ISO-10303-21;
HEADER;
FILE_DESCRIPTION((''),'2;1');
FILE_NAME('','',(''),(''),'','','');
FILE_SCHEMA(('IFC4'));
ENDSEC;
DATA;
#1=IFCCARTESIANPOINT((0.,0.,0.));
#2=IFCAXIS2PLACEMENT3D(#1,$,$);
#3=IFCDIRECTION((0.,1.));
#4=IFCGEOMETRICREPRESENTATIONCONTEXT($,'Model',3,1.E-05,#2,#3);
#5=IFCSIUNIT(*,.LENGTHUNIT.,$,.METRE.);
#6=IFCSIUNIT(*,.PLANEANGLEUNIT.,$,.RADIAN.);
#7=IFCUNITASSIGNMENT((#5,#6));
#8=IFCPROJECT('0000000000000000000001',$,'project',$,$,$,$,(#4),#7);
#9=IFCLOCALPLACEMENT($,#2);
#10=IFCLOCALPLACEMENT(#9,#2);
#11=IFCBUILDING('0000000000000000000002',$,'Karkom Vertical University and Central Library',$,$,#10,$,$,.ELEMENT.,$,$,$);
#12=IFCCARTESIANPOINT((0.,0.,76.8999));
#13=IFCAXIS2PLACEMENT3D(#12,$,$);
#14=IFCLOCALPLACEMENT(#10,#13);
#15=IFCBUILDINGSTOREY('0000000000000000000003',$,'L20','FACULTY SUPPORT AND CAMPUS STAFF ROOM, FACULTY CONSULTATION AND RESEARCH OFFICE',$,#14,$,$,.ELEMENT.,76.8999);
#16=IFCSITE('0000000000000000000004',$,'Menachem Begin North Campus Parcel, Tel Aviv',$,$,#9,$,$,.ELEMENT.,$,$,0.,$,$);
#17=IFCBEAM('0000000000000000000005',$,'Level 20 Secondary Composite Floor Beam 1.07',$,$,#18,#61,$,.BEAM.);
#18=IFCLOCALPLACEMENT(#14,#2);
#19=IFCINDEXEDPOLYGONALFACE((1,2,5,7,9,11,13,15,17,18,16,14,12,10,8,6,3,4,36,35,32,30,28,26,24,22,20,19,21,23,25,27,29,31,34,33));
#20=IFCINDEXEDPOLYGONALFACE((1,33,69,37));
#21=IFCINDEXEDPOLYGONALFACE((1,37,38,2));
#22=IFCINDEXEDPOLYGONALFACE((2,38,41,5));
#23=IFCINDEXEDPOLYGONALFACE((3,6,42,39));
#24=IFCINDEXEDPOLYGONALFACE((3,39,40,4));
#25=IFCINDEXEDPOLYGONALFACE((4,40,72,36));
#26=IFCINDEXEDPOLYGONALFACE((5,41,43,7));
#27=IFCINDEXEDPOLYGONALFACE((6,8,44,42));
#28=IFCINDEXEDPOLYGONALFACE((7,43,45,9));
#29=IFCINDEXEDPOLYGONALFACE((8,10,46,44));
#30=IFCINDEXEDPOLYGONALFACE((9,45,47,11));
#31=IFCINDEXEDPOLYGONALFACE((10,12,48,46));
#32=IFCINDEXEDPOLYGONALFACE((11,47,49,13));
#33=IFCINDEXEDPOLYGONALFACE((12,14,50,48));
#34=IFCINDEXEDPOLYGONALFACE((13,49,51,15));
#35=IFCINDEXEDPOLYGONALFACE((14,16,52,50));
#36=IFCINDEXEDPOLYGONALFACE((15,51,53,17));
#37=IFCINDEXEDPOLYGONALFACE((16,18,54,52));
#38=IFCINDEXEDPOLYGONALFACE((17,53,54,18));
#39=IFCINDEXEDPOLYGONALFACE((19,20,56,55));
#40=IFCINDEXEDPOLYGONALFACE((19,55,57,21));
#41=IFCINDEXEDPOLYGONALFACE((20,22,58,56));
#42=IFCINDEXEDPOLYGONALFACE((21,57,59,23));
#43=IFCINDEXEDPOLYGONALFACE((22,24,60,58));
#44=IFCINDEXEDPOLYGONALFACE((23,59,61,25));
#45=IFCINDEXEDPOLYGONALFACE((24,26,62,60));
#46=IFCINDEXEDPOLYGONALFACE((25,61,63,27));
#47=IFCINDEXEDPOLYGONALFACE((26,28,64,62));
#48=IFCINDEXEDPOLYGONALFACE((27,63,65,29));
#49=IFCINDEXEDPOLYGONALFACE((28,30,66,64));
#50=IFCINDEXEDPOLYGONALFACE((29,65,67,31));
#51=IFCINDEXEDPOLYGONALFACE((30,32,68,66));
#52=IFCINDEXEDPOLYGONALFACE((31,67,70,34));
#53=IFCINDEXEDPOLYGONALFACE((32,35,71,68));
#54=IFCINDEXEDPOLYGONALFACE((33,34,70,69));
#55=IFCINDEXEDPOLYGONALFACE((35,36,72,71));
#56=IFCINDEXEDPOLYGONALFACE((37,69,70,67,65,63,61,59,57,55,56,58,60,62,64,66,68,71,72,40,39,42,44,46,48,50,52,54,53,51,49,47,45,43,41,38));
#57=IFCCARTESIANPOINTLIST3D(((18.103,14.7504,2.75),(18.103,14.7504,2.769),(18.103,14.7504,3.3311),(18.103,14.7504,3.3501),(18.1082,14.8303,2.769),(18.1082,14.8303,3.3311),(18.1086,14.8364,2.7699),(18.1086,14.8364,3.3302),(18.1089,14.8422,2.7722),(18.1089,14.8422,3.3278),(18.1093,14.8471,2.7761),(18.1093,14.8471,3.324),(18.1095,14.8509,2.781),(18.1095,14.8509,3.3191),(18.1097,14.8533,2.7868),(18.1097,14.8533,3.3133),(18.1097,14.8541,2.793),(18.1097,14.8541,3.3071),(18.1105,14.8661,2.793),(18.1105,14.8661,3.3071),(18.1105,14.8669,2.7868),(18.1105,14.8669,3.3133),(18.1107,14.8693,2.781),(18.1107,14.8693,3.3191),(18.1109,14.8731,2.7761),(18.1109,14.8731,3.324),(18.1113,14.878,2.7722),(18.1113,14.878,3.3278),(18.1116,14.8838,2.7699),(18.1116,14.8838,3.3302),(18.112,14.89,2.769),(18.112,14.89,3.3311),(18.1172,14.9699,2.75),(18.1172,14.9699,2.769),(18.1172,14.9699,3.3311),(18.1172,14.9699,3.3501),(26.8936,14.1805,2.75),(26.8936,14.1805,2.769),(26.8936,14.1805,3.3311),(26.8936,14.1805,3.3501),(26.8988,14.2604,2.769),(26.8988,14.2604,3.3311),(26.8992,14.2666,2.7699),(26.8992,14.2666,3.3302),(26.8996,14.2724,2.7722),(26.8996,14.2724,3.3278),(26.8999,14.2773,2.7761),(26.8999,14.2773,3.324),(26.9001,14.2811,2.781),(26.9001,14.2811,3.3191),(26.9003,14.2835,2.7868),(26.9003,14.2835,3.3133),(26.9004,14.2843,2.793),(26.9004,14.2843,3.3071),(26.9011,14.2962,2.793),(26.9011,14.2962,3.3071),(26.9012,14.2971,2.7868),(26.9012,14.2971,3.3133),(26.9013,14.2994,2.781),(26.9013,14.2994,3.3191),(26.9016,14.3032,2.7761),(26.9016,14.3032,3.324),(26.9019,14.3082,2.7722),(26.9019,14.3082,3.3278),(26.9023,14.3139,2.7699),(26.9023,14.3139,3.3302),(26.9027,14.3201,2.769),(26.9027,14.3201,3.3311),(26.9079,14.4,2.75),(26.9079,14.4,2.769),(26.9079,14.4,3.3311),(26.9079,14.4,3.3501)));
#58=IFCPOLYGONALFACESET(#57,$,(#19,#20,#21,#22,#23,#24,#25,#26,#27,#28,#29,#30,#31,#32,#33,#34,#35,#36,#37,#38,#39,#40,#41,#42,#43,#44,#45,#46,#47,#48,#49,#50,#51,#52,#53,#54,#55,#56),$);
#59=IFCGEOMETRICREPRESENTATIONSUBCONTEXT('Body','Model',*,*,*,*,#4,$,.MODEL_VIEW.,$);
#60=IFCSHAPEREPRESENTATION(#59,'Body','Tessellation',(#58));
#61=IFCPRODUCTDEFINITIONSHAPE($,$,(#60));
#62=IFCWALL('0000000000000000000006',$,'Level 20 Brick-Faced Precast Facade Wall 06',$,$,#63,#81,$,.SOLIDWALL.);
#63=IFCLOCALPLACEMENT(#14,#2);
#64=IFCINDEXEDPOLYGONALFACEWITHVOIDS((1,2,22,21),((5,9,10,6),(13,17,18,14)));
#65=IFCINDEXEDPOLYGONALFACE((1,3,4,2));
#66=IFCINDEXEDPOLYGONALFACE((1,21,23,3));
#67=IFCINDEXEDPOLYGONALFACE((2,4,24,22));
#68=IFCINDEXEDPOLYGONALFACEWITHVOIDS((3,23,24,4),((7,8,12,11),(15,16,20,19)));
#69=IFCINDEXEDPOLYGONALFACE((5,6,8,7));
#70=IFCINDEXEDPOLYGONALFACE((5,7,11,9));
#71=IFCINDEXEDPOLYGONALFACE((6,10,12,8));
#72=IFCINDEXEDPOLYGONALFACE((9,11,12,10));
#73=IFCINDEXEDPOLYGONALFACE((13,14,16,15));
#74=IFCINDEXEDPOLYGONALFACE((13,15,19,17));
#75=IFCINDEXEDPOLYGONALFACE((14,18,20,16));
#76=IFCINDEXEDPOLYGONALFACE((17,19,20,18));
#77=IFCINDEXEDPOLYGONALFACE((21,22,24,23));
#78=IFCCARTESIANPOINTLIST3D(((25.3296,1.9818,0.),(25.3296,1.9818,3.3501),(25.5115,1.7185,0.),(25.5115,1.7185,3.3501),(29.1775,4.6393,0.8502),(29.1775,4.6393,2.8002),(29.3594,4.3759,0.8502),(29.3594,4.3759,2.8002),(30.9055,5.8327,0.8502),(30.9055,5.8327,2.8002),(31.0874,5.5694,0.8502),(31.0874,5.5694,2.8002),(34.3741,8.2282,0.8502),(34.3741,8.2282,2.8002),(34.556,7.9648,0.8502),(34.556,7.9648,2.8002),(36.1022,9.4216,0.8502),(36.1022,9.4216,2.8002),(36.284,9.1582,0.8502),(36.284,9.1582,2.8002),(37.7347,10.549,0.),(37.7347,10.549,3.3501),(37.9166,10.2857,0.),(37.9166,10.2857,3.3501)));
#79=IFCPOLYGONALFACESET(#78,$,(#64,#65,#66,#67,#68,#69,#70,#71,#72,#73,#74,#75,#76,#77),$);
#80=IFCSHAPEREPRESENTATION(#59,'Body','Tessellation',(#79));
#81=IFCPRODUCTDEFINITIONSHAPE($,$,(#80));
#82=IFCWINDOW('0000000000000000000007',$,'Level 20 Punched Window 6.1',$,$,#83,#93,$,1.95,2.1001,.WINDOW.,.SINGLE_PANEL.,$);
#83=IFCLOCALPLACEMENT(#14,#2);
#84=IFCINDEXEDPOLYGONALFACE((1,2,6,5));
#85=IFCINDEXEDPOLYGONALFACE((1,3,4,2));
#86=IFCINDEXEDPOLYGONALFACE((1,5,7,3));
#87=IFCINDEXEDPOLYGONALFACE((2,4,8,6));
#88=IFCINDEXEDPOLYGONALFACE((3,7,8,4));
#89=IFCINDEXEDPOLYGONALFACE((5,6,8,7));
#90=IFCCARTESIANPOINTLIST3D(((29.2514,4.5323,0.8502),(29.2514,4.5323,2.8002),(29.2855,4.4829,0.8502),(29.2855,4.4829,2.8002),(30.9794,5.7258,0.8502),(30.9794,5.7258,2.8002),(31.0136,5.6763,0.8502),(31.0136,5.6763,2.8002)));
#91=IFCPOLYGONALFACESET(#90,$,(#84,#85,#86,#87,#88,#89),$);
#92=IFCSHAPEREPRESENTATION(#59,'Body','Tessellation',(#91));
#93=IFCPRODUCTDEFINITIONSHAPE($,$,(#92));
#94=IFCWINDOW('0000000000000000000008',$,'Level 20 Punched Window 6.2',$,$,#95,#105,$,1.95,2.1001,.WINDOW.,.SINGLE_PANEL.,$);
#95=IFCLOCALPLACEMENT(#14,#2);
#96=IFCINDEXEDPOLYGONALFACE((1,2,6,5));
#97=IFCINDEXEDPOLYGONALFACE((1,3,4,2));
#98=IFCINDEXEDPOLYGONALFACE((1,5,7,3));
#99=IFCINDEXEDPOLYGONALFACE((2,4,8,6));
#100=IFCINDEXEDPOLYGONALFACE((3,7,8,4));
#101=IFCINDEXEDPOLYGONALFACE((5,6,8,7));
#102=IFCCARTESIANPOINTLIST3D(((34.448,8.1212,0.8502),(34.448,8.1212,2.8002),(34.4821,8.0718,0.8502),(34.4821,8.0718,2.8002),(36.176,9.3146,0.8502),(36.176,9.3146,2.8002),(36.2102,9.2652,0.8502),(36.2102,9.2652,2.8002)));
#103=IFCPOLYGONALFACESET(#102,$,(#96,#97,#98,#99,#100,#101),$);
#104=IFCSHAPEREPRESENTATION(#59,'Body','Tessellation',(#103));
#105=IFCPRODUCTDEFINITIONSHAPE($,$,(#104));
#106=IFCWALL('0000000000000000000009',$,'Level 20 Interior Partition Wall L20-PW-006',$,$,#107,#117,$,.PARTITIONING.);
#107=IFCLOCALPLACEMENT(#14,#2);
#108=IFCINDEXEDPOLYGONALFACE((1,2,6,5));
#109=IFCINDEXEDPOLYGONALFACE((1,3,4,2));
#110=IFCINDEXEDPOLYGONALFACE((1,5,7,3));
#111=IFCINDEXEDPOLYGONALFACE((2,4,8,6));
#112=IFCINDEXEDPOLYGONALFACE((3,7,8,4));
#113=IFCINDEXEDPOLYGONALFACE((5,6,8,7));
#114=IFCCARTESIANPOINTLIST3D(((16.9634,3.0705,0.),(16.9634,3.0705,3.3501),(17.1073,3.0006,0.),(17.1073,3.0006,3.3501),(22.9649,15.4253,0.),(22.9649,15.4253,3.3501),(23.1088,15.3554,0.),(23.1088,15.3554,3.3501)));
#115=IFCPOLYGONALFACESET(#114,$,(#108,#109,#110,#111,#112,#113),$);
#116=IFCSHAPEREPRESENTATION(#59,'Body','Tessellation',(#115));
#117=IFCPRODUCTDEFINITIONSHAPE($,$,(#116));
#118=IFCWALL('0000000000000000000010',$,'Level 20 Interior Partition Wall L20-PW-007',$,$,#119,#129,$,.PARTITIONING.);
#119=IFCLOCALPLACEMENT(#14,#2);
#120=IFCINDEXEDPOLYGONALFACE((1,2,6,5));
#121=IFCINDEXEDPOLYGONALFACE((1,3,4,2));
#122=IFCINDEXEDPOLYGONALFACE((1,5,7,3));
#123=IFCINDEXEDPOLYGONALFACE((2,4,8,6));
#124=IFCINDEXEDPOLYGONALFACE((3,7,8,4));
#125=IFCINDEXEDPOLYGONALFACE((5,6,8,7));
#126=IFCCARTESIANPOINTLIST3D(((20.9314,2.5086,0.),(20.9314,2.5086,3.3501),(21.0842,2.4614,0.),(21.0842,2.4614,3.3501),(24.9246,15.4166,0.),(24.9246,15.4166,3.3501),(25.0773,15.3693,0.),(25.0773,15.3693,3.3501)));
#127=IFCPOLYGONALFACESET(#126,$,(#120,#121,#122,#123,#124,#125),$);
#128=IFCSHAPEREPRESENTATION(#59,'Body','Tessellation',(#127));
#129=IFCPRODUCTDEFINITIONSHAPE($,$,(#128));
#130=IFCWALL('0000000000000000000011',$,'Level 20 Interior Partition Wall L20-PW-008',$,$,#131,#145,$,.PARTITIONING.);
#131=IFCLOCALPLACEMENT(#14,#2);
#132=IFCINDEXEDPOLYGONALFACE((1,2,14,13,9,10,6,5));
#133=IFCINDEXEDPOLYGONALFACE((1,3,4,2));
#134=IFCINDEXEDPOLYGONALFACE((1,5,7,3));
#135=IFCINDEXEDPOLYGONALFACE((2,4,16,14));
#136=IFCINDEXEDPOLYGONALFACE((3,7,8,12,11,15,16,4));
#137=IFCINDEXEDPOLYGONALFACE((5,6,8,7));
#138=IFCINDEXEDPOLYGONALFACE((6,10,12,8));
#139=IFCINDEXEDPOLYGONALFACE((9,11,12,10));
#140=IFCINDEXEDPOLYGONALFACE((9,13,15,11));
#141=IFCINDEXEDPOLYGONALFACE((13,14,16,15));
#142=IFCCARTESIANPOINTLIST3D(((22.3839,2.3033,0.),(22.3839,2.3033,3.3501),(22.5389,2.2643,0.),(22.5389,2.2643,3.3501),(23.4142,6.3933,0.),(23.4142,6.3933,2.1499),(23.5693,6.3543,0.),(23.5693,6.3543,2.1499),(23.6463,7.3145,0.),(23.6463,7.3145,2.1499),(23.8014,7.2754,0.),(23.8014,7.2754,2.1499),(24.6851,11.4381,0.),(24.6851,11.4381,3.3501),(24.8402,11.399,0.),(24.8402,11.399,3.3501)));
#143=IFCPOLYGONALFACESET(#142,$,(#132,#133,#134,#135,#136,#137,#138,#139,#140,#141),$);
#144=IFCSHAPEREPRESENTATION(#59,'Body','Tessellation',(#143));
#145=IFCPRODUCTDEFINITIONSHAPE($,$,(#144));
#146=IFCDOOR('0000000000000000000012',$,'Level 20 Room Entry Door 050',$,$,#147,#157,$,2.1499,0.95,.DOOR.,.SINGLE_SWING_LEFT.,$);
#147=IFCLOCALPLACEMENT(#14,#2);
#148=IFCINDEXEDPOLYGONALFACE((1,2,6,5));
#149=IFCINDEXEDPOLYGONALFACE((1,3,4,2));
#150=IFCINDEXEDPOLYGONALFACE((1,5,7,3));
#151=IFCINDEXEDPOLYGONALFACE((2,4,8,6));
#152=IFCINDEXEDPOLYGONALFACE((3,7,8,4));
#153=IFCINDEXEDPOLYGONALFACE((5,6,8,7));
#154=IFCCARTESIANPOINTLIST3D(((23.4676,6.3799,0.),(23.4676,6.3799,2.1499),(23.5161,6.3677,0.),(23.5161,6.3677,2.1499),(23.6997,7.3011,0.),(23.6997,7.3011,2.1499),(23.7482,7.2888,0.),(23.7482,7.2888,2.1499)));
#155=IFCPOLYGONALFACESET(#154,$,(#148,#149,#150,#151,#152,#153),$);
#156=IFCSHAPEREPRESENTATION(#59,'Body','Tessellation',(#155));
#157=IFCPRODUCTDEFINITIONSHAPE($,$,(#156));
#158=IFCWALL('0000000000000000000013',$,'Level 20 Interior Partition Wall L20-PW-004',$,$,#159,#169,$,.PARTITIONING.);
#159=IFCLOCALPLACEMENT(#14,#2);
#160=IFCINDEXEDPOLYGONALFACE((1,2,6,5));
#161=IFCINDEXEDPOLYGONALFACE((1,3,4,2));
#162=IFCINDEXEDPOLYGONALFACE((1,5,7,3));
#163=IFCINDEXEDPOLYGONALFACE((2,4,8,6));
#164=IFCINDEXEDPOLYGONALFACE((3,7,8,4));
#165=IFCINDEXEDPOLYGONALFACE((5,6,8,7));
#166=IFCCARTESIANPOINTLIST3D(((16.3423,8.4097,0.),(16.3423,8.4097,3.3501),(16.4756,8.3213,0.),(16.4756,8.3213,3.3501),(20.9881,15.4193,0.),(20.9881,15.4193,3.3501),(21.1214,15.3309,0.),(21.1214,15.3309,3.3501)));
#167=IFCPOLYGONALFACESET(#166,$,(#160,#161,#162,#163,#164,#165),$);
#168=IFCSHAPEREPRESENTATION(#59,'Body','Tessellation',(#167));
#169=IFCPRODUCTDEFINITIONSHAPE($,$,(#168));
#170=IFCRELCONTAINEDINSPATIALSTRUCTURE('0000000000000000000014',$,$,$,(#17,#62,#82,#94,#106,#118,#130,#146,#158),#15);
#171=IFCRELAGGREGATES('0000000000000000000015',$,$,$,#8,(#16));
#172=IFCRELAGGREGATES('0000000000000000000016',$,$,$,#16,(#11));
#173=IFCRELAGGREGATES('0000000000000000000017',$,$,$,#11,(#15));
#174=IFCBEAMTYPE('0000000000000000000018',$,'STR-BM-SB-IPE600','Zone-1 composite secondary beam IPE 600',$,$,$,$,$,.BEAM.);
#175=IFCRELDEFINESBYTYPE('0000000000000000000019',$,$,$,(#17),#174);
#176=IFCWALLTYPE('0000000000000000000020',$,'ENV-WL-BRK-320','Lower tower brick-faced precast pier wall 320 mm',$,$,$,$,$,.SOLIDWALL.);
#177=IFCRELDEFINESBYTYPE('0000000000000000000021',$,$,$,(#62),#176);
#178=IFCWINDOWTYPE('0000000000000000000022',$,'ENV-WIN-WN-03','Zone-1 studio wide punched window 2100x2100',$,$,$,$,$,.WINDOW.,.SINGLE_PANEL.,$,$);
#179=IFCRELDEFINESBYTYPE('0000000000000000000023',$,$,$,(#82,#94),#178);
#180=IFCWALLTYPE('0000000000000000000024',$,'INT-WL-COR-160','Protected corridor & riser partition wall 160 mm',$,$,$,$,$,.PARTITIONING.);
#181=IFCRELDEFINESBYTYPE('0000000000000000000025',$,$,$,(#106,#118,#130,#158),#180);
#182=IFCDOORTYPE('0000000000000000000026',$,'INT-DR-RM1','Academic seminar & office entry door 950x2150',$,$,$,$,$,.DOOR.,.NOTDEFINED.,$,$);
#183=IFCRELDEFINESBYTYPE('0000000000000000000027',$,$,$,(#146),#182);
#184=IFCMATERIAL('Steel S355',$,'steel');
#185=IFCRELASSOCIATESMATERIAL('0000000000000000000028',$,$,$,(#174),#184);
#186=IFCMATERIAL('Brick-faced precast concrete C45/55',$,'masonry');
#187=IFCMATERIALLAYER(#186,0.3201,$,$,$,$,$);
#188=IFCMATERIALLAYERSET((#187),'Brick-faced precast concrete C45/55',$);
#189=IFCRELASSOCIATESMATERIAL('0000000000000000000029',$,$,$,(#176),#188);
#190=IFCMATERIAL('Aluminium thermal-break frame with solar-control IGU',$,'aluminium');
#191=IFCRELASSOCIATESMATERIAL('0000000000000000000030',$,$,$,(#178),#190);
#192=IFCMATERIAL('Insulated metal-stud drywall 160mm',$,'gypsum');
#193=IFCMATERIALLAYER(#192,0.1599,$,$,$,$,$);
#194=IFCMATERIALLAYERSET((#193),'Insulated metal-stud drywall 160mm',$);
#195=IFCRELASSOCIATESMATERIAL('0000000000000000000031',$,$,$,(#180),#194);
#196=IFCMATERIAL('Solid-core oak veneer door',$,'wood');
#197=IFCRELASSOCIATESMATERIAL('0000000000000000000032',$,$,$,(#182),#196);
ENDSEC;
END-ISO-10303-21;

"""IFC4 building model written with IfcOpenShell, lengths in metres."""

from ifc_helpers import new_model, si_unit, direction, frame, frame_2d, origin, origin_with_axes, origin_2d, place, context, subcontext, project, spatial, rectangle, i_section, extrude, source, transform, mapped, material, layer, layer_set, material_profile, profile_set, type_object, element, fill, save


model = new_model("IFC4")

# Units and contexts
model_context = context("Model", 3, precision=1e-05, world=origin(), true_north=direction((0.0, 1.0)))
body_context = subcontext(model_context, "Body", "Model", "MODEL_VIEW")
ifc_project = project(units=[si_unit("LENGTHUNIT", "METRE"), si_unit("PLANEANGLEUNIT", "RADIAN")], contexts=[model_context])

# Site, building, storey
site_placement = place(None, origin())
site = spatial("IfcSite", under=ifc_project, at=site_placement, Name="Menachem Begin North Campus Parcel, Tel Aviv", CompositionType="ELEMENT", RefElevation=0.0)
building_placement = place(site_placement, origin())
building = spatial("IfcBuilding", under=site, at=building_placement, Name="Karkom Vertical University and Central Library", CompositionType="ELEMENT")
storey_placement = place(building_placement, frame((0.0, 0.0, 76.8999)))
storey = spatial("IfcBuildingStorey", under=building, at=storey_placement, Name="L20", Description="FACULTY SUPPORT AND CAMPUS STAFF ROOM, FACULTY CONSULTATION AND RESEARCH OFFICE", CompositionType="ELEMENT", Elevation=76.8999)

# Beam
ifc_material_1 = material(Name="Steel S355", Category="steel")
ifc_material_profile_1 = material_profile(ifc_material_1, i_section(OverallWidth=0.22, OverallDepth=0.6001, WebThickness=0.012, FlangeThickness=0.019, FilletRadius=0.0239, at=origin_2d()), Name="IPE 600")
ifc_profile_set_1 = profile_set([ifc_material_profile_1], Name="Steel S355")
beam_type_1 = type_object("IfcBeamType", Name="STR-BM-SB-IPE600", Description="Zone-1 composite secondary beam IPE 600", PredefinedType="BEAM", material=ifc_profile_set_1)
shared_shape_1 = source(origin_with_axes(), body_context, "Body", "SweptSolid", [
    extrude(i_section(OverallWidth=0.22, OverallDepth=0.6001, WebThickness=0.012, FlangeThickness=0.019, FilletRadius=0.0239, at=origin_2d()), origin(), (0.0, 0.0, 1.0), 8.8091),
])
beam_1_placement = place(storey_placement, frame((18.1101, 14.8601, 3.05), z_axis=(0.997906, -0.064687, 0.0), x_axis=(0.064687, 0.997906, 0.0)))
element("IfcBeam", 1, at=beam_1_placement, inside=storey, type_object=beam_type_1, Name="Level 20 Secondary Composite Floor Beam 1.07", PredefinedType="BEAM", context=body_context, shape_type="MappedRepresentation", body=[
    mapped(shared_shape_1, transform((0.0, 0.0, 0.0), scale=1.0)),
])

# Wall, openings, windows
ifc_material_2 = material(Name="Brick-faced precast concrete C45/55", Category="masonry")
ifc_layer_1 = layer(ifc_material_2, 0.3201)
ifc_layer_set_1 = layer_set([ifc_layer_1], Name="Brick-faced precast concrete C45/55")
wall_type_1 = type_object("IfcWallType", Name="ENV-WL-BRK-320", Description="Lower tower brick-faced precast pier wall 320 mm", PredefinedType="SOLIDWALL", material=ifc_layer_set_1)
wall_1_placement = place(storey_placement, frame((25.4204, 1.8501, 0.0), z_axis=(0.0, 0.0, 1.0), x_axis=(0.822842, 0.56827, 0.0)))
wall_1 = element("IfcWall", 2, at=wall_1_placement, inside=storey, type_object=wall_type_1, Name="Level 20 Brick-Faced Precast Facade Wall 06", PredefinedType="SOLIDWALL", context=body_context, shape_type="SweptSolid", body=[
    extrude(rectangle(XDim=15.0759, YDim=0.3201, at=frame_2d((7.5381, 0.0))), origin(), (0.0, 0.0, 1.0), 3.3501),
])
opening_1_placement = place(wall_1_placement, frame((4.6765, 0.0, 0.8501)))
opening_1 = element("IfcOpeningElement", 3, at=opening_1_placement, cuts=wall_1, PredefinedType="OPENING", context=body_context, shape_type="SweptSolid", body=[
    extrude(rectangle(XDim=2.1001, YDim=1.95, at=frame_2d((1.05, 0.9751))), frame((0.0, 0.1699, 0.0), z_axis=(0.0, -1.0, 0.0), x_axis=(1.0, 0.0, 0.0)), (0.0, 0.0, 1.0), 0.3401),
])
opening_2_placement = place(wall_1_placement, frame((10.9919, 0.0, 0.8501)))
opening_2 = element("IfcOpeningElement", 4, at=opening_2_placement, cuts=wall_1, PredefinedType="OPENING", context=body_context, shape_type="SweptSolid", body=[
    extrude(rectangle(XDim=2.1001, YDim=1.95, at=frame_2d((1.05, 0.9751))), frame((0.0, 0.1699, 0.0), z_axis=(0.0, -1.0, 0.0), x_axis=(1.0, 0.0, 0.0)), (0.0, 0.0, 1.0), 0.3401),
])
ifc_material_3 = material(Name="Aluminium thermal-break frame with solar-control IGU", Category="aluminium")
window_type = type_object("IfcWindowType", Name="ENV-WIN-WN-03", Description="Zone-1 studio wide punched window 2100x2100", PartitioningType="SINGLE_PANEL", PredefinedType="WINDOW", material=ifc_material_3)
shared_shape_2 = source(origin_with_axes(), body_context, "Body", "SweptSolid", [
    extrude(rectangle(XDim=2.1001, YDim=1.95, at=frame_2d((1.05, 0.9751))), frame((0.0, 0.03, 0.0), z_axis=(0.0, -1.0, 0.0), x_axis=(1.0, 0.0, 0.0)), (0.0, 0.0, 1.0), 0.0601),
])
window_1_placement = place(opening_1_placement, origin())
window_1 = element("IfcWindow", 5, at=window_1_placement, inside=storey, type_object=window_type, Name="Level 20 Punched Window 6.1", OverallHeight=1.95, OverallWidth=2.1001, PartitioningType="SINGLE_PANEL", PredefinedType="WINDOW", context=body_context, shape_type="MappedRepresentation", body=[
    mapped(shared_shape_2, transform((0.0, 0.0, 0.0), scale=1.0)),
])
fill(opening_1, window_1)
window_2_placement = place(opening_2_placement, origin())
window_2 = element("IfcWindow", 6, at=window_2_placement, inside=storey, type_object=window_type, Name="Level 20 Punched Window 6.2", OverallHeight=1.95, OverallWidth=2.1001, PartitioningType="SINGLE_PANEL", PredefinedType="WINDOW", context=body_context, shape_type="MappedRepresentation", body=[
    mapped(shared_shape_2, transform((0.0, 0.0, 0.0), scale=1.0)),
])
fill(opening_2, window_2)

# Walls
ifc_material_4 = material(Name="Insulated metal-stud drywall 160mm", Category="gypsum")
ifc_layer_2 = layer(ifc_material_4, 0.1599)
ifc_layer_set_2 = layer_set([ifc_layer_2], Name="Insulated metal-stud drywall 160mm")
wall_type_2 = type_object("IfcWallType", Name="INT-WL-COR-160", Description="Protected corridor & riser partition wall 160 mm", PredefinedType="PARTITIONING", material=ifc_layer_set_2)
wall_2_placement = place(storey_placement, frame((23.0369, 15.3904, 0.0), z_axis=(0.0, 0.0, 1.0), x_axis=(-0.436939, -0.899491, 0.0)))
element("IfcWall", 7, at=wall_2_placement, inside=storey, type_object=wall_type_2, Name="Level 20 Interior Partition Wall L20-PW-006", PredefinedType="PARTITIONING", context=body_context, shape_type="SweptSolid", body=[
    extrude(rectangle(XDim=13.7354, YDim=0.1599, at=frame_2d((6.8677, 0.0))), origin(), (0.0, 0.0, 1.0), 3.3501),
])
wall_3_placement = place(storey_placement, frame((25.001, 15.3931, 0.0), z_axis=(0.0, 0.0, 1.0), x_axis=(-0.295538, -0.955331, 0.0)))
element("IfcWall", 8, at=wall_3_placement, inside=storey, type_object=wall_type_2, Name="Level 20 Interior Partition Wall L20-PW-007", PredefinedType="PARTITIONING", context=body_context, shape_type="SweptSolid", body=[
    extrude(rectangle(XDim=13.5115, YDim=0.1599, at=frame_2d((6.7559, 0.0))), origin(), (0.0, 0.0, 1.0), 3.3501),
])

# Wall, opening, door
wall_4_placement = place(storey_placement, frame((22.4614, 2.2839, 0.0), z_axis=(0.0, 0.0, 1.0), x_axis=(0.244291, 0.969702, 0.0)))
wall_4 = element("IfcWall", 9, at=wall_4_placement, inside=storey, type_object=wall_type_2, Name="Level 20 Interior Partition Wall L20-PW-008", PredefinedType="PARTITIONING", context=body_context, shape_type="SweptSolid", body=[
    extrude(rectangle(XDim=9.4202, YDim=0.1599, at=frame_2d((4.71, 0.0))), origin(), (0.0, 0.0, 1.0), 3.3501),
])
opening_3_placement = place(wall_4_placement, frame((4.2175, 0.0, 0.0)))
opening_3 = element("IfcOpeningElement", 10, at=opening_3_placement, cuts=wall_4, PredefinedType="OPENING", context=body_context, shape_type="SweptSolid", body=[
    extrude(rectangle(XDim=0.95, YDim=2.1499, at=frame_2d((0.4751, 1.075))), frame((0.0, 0.0898, 0.0), z_axis=(0.0, -1.0, 0.0), x_axis=(1.0, 0.0, 0.0)), (0.0, 0.0, 1.0), 0.1799),
])
ifc_material_5 = material(Name="Solid-core oak veneer door", Category="wood")
door_type_1 = type_object("IfcDoorType", Name="INT-DR-RM1", Description="Academic seminar & office entry door 950x2150", OperationType="NOTDEFINED", PredefinedType="DOOR", material=ifc_material_5)
shared_shape_3 = source(origin_with_axes(), body_context, "Body", "SweptSolid", [
    extrude(rectangle(XDim=0.95, YDim=2.1499, at=frame_2d((0.4751, 1.075))), frame((0.0, 0.0249, 0.0), z_axis=(0.0, -1.0, 0.0), x_axis=(1.0, 0.0, 0.0)), (0.0, 0.0, 1.0), 0.05),
])
door_1_placement = place(opening_3_placement, origin())
door_1 = element("IfcDoor", 11, at=door_1_placement, inside=storey, type_object=door_type_1, Name="Level 20 Room Entry Door 050", OperationType="SINGLE_SWING_LEFT", OverallHeight=2.1499, OverallWidth=0.95, PredefinedType="DOOR", context=body_context, shape_type="MappedRepresentation", body=[
    mapped(shared_shape_3, transform((0.0, 0.0, 0.0), scale=1.0)),
])
fill(opening_3, door_1)

# Wall
wall_5_placement = place(storey_placement, frame((21.0547, 15.375, 0.0), z_axis=(0.0, 0.0, 1.0), x_axis=(-0.552454, -0.833544, 0.0)))
element("IfcWall", 12, at=wall_5_placement, inside=storey, type_object=wall_type_2, Name="Level 20 Interior Partition Wall L20-PW-004", PredefinedType="PARTITIONING", context=body_context, shape_type="SweptSolid", body=[
    extrude(rectangle(XDim=8.4094, YDim=0.1599, at=frame_2d((4.2046, 0.0))), origin(), (0.0, 0.0, 1.0), 3.3501),
])

save(model, "model.ifc")
